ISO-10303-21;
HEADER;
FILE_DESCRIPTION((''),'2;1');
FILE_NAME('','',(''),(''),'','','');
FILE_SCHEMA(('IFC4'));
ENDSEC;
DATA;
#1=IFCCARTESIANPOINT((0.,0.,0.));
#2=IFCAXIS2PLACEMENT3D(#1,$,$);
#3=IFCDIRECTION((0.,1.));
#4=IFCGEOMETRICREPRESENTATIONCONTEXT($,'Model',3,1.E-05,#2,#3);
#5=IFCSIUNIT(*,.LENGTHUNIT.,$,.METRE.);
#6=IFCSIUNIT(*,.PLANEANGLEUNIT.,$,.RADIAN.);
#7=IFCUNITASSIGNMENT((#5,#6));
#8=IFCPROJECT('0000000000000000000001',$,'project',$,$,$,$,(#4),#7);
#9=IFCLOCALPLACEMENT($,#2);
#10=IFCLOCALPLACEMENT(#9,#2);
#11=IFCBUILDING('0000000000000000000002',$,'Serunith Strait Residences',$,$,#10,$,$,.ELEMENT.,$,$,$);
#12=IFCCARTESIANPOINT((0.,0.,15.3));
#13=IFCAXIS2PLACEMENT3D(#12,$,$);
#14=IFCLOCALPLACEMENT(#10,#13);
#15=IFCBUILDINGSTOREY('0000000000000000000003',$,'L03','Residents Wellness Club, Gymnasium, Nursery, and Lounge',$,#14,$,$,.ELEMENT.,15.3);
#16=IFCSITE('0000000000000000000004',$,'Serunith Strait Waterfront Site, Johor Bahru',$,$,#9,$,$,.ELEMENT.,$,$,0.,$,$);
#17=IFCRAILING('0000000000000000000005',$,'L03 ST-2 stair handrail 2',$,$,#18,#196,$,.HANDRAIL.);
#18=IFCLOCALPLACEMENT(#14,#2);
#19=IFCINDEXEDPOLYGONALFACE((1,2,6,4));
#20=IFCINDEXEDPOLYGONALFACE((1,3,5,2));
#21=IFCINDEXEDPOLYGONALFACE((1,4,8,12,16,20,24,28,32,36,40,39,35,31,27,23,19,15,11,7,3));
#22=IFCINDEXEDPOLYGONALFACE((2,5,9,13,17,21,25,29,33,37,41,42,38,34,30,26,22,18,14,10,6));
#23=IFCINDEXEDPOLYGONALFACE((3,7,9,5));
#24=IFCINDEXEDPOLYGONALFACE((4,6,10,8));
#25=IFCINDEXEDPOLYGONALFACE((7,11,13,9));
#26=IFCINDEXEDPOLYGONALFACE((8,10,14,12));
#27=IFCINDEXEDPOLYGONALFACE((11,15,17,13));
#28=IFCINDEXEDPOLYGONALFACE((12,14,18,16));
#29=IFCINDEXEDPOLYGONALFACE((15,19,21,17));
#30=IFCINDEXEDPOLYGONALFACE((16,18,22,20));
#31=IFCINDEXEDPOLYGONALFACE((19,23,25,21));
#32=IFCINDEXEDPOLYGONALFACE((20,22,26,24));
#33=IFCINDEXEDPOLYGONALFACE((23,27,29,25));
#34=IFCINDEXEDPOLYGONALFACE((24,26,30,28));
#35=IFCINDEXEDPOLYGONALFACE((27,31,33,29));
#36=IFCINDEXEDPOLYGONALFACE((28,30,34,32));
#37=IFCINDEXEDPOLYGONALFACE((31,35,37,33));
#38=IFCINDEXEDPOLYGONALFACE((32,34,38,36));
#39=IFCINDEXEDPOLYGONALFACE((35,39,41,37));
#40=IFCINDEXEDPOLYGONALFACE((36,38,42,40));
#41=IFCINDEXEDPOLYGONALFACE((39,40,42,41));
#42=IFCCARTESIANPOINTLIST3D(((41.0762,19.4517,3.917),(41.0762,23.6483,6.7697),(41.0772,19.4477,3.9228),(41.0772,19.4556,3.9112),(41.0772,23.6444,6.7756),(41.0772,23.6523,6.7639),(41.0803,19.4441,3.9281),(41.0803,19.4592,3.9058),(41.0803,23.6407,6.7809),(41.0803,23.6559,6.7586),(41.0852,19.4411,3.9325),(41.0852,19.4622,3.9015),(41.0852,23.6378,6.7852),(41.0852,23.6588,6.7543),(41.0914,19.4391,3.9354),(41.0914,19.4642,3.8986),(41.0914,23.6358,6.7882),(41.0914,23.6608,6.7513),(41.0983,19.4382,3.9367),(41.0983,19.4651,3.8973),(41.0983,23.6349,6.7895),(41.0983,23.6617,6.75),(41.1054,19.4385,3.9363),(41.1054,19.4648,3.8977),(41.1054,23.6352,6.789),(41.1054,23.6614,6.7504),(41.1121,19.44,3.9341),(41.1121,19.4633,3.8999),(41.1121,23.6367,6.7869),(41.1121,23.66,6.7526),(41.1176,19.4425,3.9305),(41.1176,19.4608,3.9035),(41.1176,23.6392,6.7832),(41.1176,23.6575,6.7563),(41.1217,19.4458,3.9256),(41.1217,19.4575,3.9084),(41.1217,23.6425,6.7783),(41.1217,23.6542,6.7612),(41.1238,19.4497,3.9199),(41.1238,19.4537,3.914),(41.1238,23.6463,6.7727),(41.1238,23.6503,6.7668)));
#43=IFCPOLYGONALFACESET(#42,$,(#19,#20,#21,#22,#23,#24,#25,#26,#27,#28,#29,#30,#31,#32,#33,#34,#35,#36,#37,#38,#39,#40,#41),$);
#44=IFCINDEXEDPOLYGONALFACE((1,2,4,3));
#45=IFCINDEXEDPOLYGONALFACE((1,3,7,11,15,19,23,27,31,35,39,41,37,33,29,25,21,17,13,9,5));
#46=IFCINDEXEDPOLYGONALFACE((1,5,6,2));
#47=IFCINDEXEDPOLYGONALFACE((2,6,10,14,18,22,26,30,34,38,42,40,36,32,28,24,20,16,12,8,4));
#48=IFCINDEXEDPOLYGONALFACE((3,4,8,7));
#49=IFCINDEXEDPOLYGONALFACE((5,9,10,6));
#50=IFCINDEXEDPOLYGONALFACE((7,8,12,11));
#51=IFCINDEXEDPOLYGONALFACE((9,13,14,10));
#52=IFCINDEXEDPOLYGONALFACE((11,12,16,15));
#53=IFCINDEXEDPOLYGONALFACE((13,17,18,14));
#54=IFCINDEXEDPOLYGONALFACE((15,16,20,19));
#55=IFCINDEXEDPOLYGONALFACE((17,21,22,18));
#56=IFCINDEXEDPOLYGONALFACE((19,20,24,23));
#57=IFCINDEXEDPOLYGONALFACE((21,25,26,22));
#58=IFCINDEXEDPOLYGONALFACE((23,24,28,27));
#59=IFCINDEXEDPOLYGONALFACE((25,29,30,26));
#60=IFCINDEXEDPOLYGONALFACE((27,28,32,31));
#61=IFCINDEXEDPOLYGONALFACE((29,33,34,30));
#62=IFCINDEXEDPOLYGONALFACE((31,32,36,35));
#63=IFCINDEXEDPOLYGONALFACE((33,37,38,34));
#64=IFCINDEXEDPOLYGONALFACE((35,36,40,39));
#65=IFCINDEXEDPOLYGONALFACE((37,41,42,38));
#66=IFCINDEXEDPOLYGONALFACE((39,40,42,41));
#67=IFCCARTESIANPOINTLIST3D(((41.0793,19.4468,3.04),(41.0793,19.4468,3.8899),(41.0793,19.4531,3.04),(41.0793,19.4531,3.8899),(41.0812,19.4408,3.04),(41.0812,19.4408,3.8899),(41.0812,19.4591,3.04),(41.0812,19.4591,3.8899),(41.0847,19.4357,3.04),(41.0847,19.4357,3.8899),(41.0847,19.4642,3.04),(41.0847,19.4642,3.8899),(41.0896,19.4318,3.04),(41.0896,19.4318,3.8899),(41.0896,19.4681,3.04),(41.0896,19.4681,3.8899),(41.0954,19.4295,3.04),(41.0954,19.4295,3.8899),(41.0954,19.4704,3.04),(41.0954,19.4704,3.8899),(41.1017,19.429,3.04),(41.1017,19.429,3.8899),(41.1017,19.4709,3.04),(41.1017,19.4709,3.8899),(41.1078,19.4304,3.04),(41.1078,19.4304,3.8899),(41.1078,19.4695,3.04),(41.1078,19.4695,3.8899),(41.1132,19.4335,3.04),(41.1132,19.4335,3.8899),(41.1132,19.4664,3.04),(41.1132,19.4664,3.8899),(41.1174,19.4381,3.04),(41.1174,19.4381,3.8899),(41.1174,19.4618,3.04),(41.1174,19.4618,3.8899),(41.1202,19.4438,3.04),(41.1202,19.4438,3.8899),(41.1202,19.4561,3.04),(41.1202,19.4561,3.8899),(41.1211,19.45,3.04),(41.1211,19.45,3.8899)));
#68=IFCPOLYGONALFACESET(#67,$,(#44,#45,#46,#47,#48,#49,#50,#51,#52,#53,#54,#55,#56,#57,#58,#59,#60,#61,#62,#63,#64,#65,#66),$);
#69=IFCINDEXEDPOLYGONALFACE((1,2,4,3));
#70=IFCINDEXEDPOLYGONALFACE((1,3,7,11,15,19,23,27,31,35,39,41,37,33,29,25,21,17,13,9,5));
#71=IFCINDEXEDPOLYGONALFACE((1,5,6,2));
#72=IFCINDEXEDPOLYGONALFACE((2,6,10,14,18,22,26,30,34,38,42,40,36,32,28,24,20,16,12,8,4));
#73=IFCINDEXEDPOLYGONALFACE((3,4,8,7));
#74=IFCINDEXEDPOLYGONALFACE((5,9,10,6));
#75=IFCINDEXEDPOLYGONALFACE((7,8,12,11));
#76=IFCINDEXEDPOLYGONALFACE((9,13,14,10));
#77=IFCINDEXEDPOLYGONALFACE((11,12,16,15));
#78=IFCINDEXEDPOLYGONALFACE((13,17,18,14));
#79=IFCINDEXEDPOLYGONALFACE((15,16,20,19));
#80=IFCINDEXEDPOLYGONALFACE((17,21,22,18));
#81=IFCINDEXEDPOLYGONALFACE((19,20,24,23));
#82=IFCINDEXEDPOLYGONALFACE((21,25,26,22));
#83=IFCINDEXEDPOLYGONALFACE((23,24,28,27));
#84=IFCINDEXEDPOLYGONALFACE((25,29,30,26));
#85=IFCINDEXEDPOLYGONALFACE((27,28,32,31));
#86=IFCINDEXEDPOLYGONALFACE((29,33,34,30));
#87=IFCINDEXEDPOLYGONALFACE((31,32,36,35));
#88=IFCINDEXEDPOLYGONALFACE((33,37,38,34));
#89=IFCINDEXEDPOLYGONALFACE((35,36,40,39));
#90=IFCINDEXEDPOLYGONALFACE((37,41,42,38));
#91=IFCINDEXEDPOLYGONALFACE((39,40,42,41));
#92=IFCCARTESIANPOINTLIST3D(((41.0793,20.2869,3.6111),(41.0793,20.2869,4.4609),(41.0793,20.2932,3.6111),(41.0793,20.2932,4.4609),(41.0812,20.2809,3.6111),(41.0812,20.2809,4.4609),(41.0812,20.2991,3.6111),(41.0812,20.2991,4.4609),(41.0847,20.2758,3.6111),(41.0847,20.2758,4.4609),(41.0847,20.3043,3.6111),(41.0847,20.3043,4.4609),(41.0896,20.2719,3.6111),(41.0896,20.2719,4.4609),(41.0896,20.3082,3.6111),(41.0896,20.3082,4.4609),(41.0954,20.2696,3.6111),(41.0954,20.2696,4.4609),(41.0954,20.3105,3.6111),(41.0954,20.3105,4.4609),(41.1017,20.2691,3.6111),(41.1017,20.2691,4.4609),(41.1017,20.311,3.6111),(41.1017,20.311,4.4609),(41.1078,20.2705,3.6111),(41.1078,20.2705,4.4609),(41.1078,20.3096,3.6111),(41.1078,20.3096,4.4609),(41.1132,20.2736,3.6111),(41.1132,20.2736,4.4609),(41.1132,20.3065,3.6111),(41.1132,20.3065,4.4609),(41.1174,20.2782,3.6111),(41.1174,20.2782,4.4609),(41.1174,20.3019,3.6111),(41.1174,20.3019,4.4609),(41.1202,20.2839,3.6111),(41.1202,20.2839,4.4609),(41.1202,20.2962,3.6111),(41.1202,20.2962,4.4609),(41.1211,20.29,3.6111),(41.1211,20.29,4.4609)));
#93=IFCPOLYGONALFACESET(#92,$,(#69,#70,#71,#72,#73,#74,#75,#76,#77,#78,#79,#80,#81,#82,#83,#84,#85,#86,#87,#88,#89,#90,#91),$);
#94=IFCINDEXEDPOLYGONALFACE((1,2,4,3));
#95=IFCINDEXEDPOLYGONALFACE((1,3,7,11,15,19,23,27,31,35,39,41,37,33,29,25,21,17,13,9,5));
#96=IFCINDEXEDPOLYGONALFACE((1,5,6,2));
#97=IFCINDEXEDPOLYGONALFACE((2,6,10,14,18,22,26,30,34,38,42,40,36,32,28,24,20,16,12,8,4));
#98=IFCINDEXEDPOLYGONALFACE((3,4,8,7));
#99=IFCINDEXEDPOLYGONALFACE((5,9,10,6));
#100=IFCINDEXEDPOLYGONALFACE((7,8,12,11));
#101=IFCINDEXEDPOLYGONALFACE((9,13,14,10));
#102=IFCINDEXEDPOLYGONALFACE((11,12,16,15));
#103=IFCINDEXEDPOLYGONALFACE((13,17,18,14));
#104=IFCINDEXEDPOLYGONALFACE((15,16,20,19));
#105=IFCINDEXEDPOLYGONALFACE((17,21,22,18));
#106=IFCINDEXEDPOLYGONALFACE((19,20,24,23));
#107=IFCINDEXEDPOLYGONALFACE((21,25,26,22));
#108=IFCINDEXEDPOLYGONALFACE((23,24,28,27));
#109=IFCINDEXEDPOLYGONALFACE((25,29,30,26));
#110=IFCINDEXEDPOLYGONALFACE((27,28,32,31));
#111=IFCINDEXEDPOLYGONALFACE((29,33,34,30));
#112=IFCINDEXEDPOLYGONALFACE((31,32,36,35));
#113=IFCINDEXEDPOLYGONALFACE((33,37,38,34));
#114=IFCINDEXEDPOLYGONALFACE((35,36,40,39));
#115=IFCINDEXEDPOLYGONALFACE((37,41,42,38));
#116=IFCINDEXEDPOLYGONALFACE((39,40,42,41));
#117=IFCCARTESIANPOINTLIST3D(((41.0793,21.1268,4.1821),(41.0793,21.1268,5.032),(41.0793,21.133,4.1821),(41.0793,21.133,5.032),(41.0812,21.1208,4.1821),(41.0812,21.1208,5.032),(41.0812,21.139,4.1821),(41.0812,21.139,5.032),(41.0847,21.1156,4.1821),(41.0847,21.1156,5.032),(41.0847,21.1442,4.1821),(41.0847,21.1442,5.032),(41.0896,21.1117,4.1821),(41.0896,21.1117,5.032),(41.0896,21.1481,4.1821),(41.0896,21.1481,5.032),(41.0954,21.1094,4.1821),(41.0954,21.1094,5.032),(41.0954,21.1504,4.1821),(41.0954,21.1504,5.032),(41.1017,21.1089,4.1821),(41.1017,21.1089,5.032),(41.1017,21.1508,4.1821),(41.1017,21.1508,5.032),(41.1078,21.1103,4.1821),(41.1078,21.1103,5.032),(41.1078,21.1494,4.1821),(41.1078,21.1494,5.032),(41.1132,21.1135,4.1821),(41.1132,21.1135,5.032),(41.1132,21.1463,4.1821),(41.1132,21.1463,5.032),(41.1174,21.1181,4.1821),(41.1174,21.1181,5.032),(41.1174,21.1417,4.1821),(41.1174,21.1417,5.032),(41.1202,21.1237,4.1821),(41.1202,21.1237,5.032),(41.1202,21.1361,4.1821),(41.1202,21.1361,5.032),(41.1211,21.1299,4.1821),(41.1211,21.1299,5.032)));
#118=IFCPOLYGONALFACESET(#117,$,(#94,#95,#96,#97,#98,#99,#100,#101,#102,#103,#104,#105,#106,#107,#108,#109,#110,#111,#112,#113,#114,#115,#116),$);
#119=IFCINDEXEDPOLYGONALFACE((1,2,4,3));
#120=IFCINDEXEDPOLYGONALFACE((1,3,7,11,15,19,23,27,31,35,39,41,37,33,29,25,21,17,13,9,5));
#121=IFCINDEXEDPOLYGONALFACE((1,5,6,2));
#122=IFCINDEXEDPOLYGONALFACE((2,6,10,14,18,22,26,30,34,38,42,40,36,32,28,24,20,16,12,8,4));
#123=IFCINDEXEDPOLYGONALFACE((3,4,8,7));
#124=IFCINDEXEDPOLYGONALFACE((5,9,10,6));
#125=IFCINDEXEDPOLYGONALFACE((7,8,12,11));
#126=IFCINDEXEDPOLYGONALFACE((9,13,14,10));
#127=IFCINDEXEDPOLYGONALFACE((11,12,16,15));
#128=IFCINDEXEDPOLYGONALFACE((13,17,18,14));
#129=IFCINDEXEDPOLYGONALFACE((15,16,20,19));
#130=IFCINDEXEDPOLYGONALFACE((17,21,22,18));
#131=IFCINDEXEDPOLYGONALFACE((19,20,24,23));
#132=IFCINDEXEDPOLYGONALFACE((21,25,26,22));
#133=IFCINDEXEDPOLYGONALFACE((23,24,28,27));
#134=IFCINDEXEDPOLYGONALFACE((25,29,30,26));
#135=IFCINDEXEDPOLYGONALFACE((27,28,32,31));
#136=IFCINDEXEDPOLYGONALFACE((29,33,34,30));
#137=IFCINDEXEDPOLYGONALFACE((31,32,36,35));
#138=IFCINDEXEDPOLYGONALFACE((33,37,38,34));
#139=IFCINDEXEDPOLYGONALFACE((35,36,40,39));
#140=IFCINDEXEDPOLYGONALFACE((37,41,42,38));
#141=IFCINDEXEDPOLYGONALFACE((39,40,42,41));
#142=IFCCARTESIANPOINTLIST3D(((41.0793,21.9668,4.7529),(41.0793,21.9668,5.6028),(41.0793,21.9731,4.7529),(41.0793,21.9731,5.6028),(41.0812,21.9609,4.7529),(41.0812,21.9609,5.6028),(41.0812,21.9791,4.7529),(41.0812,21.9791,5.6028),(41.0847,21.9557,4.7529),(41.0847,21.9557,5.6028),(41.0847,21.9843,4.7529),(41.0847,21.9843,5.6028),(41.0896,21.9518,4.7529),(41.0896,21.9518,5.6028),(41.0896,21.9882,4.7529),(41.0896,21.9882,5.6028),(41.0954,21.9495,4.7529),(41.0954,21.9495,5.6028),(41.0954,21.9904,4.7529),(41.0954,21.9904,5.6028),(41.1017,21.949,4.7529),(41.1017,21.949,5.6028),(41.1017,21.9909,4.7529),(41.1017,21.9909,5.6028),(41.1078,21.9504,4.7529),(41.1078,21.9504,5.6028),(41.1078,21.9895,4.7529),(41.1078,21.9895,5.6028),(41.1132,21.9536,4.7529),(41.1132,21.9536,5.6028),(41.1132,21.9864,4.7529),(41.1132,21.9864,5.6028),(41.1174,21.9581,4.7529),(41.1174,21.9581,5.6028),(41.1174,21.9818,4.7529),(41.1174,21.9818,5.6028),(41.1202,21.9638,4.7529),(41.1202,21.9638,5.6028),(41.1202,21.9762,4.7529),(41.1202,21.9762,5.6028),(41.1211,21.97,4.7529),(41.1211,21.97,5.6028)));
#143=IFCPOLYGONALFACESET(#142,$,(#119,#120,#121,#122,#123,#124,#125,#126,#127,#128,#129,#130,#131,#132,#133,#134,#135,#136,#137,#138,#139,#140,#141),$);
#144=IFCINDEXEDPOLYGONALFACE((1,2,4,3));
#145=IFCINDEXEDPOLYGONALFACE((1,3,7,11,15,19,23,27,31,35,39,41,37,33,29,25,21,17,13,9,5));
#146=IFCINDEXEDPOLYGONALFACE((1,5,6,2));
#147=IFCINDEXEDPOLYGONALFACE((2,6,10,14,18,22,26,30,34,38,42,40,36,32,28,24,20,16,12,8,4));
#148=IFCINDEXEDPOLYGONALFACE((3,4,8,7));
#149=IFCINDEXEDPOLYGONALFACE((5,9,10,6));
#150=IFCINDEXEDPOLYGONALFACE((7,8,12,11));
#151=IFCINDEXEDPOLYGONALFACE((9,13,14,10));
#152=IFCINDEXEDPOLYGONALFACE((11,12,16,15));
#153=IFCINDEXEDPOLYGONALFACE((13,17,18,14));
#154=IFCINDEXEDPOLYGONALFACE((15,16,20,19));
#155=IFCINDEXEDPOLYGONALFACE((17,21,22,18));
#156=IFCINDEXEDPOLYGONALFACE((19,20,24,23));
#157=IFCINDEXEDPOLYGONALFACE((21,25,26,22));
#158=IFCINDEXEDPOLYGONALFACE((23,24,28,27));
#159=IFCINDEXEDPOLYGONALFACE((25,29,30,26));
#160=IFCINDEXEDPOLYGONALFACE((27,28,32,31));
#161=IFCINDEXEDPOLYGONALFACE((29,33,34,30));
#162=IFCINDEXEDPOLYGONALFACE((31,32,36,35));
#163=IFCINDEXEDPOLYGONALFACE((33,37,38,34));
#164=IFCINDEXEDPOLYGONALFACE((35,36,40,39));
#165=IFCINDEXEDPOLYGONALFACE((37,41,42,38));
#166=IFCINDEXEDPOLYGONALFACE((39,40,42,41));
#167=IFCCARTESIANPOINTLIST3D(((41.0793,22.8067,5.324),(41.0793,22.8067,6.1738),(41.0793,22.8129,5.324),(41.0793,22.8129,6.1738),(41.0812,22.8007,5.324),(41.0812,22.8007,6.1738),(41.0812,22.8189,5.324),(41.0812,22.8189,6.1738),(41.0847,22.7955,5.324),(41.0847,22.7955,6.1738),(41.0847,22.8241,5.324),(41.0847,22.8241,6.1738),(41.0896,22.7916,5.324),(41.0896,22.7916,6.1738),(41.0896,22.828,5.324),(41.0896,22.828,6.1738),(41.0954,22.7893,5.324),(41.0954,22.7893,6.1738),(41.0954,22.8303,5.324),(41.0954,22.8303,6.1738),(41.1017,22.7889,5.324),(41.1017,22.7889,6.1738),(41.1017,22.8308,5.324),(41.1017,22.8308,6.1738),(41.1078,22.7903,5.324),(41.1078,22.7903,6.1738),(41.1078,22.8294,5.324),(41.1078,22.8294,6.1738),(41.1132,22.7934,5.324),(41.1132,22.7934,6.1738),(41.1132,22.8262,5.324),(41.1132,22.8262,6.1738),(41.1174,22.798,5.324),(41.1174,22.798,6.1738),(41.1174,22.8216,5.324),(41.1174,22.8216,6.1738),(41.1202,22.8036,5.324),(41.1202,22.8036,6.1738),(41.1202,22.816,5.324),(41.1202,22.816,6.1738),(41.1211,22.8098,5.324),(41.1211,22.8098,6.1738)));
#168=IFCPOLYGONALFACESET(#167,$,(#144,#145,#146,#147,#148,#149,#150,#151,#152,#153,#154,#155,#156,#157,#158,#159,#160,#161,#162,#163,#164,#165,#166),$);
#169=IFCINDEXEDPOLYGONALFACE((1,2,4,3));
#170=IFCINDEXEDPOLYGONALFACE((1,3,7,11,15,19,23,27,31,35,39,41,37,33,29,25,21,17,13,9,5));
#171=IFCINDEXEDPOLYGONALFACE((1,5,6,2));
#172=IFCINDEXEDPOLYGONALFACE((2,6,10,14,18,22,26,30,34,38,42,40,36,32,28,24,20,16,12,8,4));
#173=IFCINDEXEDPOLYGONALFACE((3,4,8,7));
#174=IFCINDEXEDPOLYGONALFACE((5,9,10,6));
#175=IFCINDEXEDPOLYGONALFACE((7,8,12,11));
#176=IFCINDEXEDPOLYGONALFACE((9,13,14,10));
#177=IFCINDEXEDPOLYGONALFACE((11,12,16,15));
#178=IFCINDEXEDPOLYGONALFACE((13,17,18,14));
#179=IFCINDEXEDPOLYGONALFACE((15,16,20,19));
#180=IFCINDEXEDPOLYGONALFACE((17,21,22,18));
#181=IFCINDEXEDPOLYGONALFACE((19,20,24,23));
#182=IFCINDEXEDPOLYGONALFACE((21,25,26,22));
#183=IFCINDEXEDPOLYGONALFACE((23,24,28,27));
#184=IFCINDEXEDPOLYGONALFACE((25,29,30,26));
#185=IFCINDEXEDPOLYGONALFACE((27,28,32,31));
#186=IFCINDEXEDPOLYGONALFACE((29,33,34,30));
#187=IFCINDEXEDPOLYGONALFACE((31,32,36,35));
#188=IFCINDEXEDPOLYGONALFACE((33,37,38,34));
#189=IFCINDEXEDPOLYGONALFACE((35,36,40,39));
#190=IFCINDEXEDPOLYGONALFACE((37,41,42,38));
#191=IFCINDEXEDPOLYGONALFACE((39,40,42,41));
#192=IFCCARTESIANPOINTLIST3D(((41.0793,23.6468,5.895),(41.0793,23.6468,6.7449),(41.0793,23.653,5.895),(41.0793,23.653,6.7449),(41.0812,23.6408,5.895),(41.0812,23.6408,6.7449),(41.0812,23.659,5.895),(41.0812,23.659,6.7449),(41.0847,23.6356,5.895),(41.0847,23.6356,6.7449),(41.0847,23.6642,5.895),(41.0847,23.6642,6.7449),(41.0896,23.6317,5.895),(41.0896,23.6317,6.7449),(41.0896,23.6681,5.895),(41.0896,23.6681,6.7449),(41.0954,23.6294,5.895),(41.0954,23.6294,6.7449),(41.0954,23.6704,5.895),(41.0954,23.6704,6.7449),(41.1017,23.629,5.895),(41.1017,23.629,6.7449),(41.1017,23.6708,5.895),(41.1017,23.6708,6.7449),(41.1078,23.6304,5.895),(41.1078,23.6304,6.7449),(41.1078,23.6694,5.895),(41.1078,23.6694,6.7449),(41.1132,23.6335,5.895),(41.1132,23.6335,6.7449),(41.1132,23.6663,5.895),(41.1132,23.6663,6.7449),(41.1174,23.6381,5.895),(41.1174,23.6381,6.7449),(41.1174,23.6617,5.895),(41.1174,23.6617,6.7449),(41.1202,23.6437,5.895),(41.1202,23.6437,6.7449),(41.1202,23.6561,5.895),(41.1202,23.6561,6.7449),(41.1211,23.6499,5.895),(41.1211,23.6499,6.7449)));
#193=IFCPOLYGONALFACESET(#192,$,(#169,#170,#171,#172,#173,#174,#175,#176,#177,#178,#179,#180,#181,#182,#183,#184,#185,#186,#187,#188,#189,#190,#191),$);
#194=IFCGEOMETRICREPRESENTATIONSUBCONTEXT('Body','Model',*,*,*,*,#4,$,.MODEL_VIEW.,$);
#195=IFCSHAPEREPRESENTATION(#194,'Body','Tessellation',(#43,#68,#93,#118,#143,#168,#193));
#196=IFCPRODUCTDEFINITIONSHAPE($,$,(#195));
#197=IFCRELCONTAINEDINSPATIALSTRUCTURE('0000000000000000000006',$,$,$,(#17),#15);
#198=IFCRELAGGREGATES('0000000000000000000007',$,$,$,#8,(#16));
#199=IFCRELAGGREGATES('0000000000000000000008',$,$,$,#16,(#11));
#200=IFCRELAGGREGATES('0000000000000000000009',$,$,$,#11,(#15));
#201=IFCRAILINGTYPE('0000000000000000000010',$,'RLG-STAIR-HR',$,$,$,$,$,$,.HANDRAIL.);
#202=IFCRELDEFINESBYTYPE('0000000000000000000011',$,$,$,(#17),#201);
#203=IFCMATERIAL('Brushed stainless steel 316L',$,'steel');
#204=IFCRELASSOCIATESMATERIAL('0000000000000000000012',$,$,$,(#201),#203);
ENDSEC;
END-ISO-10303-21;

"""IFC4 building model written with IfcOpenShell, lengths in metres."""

from ifc_helpers import new_model, si_unit, direction, frame, origin, origin_2d, place, context, subcontext, project, spatial, circle, extrude, material, type_object, element, save


model = new_model("IFC4")

# Units and contexts
model_context = context("Model", 3, precision=1e-05, world=origin(), true_north=direction((0.0, 1.0)))
body_context = subcontext(model_context, "Body", "Model", "MODEL_VIEW")
ifc_project = project(units=[si_unit("LENGTHUNIT", "METRE"), si_unit("PLANEANGLEUNIT", "RADIAN")], contexts=[model_context])

# Site, building, storey
site_placement = place(None, origin())
site = spatial("IfcSite", under=ifc_project, at=site_placement, Name="Serunith Strait Waterfront Site, Johor Bahru", CompositionType="ELEMENT", RefElevation=0.0)
building_placement = place(site_placement, origin())
building = spatial("IfcBuilding", under=site, at=building_placement, Name="Serunith Strait Residences", CompositionType="ELEMENT")
storey_placement = place(building_placement, frame((0.0, 0.0, 15.3)))
storey = spatial("IfcBuildingStorey", under=building, at=storey_placement, Name="L03", Description="Residents Wellness Club, Gymnasium, Nursery, and Lounge", CompositionType="ELEMENT", Elevation=15.3)

# Railing
ifc_material_1 = material(Name="Brushed stainless steel 316L", Category="steel")
railing_type_1 = type_object("IfcRailingType", Name="RLG-STAIR-HR", PredefinedType="HANDRAIL", material=ifc_material_1)
railing_1_placement = place(storey_placement, frame((41.1001, 19.45, 3.04)))
element("IfcRailing", 1, at=railing_1_placement, inside=storey, type_object=railing_type_1, Name="L03 ST-2 stair handrail 2", PredefinedType="HANDRAIL", context=body_context, shape_type="SweptSolid", body=[
    extrude(circle(Radius=0.0239, at=origin_2d()), frame((0.0, 0.0017, 0.877), z_axis=(0.0, 0.827017, 0.562177), x_axis=(-1.0, 0.0, 0.0)), (0.0, 0.0, 1.0), 5.0745),
    extrude(circle(Radius=0.021, at=origin_2d()), origin(), (0.0, 0.0, 1.0), 0.8499),
    extrude(circle(Radius=0.021, at=origin_2d()), frame((0.0, 0.8401, 0.571)), (0.0, 0.0, 1.0), 0.8499),
    extrude(circle(Radius=0.021, at=origin_2d()), frame((0.0, 1.6799, 1.1421)), (0.0, 0.0, 1.0), 0.8499),
    extrude(circle(Radius=0.021, at=origin_2d()), frame((0.0, 2.52, 1.7129)), (0.0, 0.0, 1.0), 0.8499),
    extrude(circle(Radius=0.021, at=origin_2d()), frame((0.0, 3.3599, 2.2839)), (0.0, 0.0, 1.0), 0.8499),
    extrude(circle(Radius=0.021, at=origin_2d()), frame((0.0, 4.2, 2.855)), (0.0, 0.0, 1.0), 0.8499),
])

save(model, "model.ifc")
